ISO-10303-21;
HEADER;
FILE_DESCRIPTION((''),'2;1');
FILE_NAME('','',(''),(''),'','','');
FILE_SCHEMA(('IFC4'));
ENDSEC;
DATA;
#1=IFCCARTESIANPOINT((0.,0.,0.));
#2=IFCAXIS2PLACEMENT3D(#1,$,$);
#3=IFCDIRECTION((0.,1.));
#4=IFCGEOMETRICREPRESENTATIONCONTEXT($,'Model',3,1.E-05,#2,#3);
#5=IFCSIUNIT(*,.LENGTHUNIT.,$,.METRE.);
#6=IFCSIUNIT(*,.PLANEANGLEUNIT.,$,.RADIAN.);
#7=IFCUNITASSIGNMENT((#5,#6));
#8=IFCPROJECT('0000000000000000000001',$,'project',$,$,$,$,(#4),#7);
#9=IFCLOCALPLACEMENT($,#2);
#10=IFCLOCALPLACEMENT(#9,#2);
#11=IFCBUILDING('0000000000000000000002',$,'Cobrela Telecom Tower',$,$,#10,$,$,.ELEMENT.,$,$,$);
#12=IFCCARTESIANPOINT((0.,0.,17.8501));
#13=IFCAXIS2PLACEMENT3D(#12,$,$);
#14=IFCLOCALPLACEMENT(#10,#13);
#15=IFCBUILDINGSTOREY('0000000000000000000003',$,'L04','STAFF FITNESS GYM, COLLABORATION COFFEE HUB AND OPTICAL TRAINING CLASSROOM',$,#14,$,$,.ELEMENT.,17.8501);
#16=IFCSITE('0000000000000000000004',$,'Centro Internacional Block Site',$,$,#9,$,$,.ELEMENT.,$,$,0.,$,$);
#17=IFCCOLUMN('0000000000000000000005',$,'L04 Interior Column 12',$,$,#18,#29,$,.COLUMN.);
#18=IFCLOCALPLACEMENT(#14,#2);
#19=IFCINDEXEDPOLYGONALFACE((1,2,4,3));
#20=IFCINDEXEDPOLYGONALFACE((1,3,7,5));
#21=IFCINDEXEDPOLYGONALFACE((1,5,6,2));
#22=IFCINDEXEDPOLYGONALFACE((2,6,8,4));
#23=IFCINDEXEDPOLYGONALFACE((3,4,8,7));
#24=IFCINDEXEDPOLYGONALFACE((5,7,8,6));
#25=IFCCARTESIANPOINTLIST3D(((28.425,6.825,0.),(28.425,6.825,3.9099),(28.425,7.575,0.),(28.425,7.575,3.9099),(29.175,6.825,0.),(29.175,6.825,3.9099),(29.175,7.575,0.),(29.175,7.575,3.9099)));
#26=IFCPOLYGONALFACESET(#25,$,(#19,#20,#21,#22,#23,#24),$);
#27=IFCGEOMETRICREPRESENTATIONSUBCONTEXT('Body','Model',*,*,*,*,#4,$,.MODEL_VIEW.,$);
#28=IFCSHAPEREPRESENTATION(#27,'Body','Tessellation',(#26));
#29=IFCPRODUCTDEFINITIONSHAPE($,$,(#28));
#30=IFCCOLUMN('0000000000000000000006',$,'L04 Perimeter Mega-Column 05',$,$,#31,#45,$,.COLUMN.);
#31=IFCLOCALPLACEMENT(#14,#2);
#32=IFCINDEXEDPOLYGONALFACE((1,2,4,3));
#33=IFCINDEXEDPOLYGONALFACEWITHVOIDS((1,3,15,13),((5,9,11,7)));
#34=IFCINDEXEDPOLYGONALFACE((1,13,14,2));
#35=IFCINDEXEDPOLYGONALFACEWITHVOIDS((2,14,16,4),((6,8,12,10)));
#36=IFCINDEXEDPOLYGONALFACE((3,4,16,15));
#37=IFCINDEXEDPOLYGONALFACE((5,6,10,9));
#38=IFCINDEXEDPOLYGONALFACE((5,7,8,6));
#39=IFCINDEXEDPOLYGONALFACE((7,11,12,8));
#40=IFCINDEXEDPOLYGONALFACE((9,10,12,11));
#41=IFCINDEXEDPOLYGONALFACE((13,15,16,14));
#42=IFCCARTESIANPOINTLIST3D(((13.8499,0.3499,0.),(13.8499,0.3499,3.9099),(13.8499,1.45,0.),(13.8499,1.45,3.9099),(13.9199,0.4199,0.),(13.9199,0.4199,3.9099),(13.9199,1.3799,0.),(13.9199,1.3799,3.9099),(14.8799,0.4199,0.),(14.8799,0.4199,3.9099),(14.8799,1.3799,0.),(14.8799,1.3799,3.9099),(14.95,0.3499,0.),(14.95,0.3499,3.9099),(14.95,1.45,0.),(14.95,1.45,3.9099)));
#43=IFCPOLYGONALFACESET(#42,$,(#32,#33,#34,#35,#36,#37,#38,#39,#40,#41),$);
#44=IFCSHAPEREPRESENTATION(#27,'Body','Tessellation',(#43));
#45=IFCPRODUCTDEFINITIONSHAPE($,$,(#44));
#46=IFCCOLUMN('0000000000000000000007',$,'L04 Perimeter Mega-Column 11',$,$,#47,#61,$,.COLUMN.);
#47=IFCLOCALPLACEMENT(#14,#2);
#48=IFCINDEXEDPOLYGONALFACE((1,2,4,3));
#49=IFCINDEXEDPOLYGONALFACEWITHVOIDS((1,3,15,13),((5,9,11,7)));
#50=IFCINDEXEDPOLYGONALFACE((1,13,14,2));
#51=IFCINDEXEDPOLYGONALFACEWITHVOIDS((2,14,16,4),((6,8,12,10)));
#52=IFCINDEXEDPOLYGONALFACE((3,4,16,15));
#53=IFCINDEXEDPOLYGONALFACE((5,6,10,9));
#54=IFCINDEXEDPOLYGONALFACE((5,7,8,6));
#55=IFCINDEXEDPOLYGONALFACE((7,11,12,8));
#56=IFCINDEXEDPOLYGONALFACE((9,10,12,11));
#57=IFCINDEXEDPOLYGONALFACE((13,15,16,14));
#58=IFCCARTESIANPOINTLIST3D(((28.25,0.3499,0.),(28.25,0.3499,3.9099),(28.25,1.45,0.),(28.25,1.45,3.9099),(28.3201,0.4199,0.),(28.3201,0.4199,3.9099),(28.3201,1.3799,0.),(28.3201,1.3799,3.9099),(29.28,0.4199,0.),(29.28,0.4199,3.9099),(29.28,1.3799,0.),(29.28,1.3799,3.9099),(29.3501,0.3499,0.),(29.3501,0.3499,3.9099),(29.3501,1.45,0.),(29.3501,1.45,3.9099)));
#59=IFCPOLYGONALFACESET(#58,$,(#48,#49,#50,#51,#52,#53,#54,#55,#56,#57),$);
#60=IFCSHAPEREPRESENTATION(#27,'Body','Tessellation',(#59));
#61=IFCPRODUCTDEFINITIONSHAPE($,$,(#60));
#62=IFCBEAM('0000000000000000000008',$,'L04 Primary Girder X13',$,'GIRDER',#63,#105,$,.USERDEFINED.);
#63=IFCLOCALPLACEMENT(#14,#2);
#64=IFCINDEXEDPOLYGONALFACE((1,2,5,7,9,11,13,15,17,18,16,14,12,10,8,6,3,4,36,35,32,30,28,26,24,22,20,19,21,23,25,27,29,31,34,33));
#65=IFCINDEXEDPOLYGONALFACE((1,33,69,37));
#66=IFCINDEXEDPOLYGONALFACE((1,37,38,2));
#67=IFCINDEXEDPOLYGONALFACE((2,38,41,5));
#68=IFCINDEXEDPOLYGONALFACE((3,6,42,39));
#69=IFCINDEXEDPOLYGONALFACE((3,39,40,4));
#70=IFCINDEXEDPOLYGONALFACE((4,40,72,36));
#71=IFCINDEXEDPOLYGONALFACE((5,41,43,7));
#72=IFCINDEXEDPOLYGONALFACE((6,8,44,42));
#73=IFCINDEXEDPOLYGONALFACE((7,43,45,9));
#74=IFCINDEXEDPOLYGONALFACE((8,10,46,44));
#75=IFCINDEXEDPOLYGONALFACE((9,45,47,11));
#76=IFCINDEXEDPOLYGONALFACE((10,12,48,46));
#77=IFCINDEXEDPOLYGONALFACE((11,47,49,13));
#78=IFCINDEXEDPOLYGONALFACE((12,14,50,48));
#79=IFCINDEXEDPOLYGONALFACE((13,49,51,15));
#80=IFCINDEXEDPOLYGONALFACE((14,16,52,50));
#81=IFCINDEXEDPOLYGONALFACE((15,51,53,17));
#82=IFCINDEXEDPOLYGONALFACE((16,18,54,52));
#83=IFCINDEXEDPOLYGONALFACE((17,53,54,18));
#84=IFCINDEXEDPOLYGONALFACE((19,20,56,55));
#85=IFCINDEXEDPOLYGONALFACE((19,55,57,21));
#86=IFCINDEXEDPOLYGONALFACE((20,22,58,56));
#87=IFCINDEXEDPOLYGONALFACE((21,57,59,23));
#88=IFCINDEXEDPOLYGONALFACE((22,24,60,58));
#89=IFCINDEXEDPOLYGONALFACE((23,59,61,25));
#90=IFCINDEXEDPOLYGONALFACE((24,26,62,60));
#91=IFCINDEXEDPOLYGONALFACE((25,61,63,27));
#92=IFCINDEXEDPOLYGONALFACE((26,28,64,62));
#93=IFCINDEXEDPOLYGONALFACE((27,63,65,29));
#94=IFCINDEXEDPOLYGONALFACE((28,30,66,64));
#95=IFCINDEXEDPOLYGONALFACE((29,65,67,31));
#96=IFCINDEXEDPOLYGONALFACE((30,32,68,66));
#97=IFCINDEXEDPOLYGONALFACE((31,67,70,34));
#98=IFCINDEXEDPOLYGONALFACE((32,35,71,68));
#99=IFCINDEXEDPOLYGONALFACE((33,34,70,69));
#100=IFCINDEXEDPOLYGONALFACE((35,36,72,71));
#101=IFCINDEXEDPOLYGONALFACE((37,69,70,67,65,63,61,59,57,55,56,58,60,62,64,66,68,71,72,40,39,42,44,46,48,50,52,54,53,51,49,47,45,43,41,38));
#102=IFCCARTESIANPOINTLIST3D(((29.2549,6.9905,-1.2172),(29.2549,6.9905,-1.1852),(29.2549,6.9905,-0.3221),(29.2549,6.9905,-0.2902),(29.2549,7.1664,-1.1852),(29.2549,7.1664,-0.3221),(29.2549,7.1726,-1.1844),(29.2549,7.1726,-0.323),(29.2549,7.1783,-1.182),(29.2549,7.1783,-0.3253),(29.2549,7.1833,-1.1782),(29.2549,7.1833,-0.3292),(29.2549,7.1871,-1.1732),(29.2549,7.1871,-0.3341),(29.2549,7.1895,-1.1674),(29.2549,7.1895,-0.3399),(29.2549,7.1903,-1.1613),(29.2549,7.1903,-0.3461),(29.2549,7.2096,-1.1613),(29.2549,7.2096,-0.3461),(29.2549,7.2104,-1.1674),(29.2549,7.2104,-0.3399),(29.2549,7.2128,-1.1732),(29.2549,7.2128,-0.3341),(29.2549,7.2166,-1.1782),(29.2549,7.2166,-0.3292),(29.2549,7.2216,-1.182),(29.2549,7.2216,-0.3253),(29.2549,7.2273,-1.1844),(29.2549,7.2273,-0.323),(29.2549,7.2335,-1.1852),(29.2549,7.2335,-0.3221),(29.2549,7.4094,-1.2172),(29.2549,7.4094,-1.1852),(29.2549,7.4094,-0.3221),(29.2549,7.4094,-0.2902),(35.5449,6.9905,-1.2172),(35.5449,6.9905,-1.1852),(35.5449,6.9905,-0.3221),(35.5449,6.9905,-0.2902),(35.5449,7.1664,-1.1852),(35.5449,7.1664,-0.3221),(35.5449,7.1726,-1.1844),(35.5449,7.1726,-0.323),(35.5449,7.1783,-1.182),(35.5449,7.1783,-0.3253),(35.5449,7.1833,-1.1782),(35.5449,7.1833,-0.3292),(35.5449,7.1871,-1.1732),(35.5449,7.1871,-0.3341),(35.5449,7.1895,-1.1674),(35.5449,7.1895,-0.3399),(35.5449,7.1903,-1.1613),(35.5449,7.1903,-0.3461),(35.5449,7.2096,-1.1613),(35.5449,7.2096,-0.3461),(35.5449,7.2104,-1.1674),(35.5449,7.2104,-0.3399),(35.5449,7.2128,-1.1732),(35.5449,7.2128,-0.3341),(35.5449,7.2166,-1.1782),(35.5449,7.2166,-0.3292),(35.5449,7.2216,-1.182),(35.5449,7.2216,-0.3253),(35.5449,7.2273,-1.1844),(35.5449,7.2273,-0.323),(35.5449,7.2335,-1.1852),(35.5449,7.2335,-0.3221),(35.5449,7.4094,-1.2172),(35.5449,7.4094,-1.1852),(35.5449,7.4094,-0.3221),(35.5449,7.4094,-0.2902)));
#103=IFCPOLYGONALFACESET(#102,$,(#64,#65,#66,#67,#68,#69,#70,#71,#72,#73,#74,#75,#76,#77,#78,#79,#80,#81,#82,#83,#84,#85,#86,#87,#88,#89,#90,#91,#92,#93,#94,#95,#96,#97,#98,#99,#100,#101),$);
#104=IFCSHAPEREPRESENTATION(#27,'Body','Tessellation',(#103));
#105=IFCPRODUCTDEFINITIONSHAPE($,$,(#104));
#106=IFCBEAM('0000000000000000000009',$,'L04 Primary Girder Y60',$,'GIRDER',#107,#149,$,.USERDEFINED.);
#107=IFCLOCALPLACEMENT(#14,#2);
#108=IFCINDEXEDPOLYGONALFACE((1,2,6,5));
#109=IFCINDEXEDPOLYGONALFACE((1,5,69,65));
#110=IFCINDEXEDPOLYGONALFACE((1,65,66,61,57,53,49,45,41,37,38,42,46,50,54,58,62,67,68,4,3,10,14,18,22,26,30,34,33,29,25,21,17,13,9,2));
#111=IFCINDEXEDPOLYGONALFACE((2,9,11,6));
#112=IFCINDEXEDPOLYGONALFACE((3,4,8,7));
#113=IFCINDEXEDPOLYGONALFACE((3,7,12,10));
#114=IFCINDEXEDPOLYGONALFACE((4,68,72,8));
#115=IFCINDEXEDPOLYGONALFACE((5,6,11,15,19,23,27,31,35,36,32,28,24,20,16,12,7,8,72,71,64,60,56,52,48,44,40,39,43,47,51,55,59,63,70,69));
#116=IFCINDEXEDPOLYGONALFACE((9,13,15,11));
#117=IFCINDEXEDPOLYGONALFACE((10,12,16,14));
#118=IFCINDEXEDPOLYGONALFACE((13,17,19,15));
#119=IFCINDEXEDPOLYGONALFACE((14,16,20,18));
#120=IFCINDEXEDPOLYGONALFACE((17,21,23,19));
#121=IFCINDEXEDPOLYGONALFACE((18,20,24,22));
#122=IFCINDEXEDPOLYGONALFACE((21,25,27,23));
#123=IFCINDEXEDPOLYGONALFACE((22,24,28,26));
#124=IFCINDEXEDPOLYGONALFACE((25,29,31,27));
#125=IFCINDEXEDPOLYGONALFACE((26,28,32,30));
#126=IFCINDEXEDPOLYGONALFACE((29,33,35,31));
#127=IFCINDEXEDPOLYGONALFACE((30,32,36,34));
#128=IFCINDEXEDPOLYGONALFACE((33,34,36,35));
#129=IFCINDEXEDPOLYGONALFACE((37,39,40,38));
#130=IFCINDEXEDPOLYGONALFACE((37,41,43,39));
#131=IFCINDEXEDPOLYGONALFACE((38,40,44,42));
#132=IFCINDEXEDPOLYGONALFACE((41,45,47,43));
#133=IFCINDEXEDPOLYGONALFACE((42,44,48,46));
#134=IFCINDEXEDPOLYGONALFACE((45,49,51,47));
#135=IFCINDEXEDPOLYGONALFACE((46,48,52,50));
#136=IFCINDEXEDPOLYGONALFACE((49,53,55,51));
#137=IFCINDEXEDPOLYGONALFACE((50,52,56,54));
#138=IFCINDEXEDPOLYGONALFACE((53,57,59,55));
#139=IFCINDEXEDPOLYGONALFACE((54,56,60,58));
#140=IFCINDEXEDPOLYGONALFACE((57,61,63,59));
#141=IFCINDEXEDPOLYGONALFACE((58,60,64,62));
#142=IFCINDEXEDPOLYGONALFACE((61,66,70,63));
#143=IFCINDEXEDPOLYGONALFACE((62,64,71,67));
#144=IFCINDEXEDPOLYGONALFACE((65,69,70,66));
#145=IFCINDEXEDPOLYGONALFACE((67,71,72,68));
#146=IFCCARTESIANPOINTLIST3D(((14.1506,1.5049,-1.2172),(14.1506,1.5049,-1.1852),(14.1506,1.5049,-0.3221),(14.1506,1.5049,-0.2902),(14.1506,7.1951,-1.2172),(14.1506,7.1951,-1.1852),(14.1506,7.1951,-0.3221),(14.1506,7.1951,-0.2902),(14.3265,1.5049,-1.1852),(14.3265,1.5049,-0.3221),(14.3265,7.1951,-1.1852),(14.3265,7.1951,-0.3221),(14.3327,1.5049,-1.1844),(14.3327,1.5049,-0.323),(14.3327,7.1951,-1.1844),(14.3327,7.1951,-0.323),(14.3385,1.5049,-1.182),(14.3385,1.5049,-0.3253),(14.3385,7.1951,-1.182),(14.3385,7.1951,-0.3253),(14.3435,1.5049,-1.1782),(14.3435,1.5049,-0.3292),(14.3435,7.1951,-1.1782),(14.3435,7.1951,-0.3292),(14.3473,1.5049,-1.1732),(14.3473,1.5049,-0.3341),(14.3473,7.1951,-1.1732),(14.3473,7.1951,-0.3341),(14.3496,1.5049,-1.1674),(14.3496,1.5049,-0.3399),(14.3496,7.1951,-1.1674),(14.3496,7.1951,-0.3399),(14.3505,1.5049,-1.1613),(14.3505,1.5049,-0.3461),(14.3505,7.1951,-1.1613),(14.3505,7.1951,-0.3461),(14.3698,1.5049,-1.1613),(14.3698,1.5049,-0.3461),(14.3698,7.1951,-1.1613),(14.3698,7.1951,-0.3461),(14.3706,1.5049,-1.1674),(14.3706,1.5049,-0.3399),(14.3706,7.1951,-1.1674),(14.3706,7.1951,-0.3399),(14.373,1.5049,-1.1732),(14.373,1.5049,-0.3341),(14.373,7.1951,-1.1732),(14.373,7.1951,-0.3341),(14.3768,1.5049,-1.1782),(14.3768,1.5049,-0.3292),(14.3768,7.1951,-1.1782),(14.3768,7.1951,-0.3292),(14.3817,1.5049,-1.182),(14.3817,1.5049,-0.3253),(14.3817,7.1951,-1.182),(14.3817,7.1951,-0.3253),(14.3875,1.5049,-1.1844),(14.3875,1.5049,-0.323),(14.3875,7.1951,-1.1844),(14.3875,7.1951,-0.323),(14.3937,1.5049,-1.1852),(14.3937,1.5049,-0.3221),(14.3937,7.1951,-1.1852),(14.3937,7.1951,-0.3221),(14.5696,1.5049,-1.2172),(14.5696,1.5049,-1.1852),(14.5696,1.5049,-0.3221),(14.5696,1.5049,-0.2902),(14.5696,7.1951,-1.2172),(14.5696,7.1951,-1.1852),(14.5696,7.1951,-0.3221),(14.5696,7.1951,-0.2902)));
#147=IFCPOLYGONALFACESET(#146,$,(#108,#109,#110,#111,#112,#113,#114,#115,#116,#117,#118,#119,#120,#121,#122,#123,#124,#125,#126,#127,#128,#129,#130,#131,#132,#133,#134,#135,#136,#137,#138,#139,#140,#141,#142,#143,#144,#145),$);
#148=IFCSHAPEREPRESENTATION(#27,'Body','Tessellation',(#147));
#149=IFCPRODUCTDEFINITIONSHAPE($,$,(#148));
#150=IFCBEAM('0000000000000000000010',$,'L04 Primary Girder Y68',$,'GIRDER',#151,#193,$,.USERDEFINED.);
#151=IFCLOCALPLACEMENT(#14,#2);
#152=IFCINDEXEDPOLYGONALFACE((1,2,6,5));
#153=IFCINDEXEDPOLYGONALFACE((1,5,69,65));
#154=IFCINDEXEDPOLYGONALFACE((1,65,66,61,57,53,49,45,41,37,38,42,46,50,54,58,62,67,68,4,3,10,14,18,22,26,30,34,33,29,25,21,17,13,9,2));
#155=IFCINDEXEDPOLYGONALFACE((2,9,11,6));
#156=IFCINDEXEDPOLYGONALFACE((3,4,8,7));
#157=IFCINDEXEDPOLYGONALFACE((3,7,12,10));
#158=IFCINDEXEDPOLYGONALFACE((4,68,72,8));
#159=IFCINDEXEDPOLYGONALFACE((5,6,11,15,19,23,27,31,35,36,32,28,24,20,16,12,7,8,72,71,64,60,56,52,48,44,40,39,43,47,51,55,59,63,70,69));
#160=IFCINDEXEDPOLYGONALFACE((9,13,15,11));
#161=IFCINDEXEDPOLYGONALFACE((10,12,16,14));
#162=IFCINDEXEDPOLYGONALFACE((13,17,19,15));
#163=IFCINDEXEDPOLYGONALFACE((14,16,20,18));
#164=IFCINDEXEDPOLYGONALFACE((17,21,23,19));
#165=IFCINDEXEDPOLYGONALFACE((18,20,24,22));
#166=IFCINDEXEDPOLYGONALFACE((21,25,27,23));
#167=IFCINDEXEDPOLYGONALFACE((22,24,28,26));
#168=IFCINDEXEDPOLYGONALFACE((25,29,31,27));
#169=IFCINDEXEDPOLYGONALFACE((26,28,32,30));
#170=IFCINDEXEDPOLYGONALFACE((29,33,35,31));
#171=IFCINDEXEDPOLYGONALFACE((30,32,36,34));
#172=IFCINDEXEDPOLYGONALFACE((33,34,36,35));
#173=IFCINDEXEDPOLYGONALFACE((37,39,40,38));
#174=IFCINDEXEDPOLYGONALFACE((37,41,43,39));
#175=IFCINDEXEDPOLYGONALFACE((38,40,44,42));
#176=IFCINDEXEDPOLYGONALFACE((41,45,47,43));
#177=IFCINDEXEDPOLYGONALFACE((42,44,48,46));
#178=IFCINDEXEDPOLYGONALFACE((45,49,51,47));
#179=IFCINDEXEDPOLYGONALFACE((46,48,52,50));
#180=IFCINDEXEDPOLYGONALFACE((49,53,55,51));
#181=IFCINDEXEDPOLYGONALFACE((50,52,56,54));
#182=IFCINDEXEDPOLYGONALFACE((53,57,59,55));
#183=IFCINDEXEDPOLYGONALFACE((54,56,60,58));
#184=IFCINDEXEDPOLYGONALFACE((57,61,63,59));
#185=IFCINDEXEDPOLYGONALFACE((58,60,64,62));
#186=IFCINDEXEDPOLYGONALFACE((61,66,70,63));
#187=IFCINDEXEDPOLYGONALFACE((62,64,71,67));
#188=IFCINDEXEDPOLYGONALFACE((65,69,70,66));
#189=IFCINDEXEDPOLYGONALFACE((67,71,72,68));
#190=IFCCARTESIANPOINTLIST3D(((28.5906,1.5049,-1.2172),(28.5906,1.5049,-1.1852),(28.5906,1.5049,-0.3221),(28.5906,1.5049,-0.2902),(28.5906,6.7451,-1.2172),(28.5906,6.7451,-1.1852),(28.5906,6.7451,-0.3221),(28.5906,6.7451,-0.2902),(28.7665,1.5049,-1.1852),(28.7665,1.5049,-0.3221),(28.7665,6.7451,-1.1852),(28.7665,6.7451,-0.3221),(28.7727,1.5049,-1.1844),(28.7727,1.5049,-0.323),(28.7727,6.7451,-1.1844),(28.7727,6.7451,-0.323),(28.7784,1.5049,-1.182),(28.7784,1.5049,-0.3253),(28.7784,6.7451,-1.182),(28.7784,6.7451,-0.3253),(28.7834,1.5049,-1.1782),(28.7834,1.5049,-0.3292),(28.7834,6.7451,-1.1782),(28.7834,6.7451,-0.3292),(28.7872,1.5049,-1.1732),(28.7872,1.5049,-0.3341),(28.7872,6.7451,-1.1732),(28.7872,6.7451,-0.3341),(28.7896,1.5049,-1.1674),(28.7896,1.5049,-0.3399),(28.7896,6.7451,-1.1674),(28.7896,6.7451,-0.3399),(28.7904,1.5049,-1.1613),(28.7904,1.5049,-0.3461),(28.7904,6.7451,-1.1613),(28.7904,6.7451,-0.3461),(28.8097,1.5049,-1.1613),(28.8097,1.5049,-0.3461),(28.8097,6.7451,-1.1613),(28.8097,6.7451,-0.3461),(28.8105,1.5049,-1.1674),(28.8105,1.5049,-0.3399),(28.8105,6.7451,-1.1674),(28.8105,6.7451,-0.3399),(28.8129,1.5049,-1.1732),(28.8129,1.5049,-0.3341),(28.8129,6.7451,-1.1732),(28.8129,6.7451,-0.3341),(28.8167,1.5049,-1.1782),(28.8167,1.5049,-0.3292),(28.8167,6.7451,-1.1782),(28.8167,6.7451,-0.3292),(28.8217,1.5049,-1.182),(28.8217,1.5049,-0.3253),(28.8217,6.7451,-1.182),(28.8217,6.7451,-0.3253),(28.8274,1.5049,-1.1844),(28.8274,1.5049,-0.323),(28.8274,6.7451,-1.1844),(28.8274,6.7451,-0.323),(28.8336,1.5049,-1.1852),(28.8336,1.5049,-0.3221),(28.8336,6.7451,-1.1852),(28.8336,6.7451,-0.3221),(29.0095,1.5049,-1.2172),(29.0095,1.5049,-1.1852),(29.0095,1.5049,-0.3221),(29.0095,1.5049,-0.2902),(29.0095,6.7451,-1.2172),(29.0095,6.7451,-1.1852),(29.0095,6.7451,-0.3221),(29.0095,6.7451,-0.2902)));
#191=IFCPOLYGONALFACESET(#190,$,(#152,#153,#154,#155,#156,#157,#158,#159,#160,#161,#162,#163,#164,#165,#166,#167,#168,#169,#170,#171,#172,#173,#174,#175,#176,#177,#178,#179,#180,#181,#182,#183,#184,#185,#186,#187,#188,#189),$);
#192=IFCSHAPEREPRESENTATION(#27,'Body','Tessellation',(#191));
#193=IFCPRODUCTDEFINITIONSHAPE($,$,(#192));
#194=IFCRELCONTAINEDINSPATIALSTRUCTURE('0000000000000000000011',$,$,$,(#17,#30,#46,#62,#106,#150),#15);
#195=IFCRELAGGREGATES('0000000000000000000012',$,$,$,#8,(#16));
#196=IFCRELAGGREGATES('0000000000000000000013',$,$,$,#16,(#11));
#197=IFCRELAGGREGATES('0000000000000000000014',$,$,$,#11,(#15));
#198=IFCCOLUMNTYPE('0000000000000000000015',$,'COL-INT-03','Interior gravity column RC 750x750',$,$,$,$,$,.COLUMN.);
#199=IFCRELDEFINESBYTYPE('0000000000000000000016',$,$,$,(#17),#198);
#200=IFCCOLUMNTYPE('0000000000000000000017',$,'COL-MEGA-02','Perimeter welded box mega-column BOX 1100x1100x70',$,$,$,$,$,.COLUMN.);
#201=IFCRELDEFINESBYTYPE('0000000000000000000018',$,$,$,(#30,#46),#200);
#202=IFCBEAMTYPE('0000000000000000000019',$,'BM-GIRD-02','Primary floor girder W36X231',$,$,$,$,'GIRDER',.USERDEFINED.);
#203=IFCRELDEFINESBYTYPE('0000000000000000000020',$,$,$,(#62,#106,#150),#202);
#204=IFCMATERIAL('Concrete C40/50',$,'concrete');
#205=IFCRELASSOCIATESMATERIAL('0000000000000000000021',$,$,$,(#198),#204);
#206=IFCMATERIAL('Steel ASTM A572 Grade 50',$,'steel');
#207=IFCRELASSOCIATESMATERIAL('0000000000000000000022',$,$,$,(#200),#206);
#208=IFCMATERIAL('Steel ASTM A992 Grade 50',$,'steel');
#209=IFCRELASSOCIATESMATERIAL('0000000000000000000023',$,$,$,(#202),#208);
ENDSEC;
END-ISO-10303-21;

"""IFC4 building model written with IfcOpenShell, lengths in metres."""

from ifc_helpers import new_model, si_unit, direction, frame, origin, origin_2d, place, context, subcontext, project, spatial, rectangle, hollow_rectangle, i_section, extrude, material, material_profile, profile_set, type_object, element, save


model = new_model("IFC4")

# Units and contexts
model_context = context("Model", 3, precision=1e-05, world=origin(), true_north=direction((0.0, 1.0)))
body_context = subcontext(model_context, "Body", "Model", "MODEL_VIEW")
ifc_project = project(units=[si_unit("LENGTHUNIT", "METRE"), si_unit("PLANEANGLEUNIT", "RADIAN")], contexts=[model_context])

# Site, building, storey
site_placement = place(None, origin())
site = spatial("IfcSite", under=ifc_project, at=site_placement, Name="Centro Internacional Block Site", CompositionType="ELEMENT", RefElevation=0.0)
building_placement = place(site_placement, origin())
building = spatial("IfcBuilding", under=site, at=building_placement, Name="Cobrela Telecom Tower", CompositionType="ELEMENT")
storey_placement = place(building_placement, frame((0.0, 0.0, 17.8501)))
storey = spatial("IfcBuildingStorey", under=building, at=storey_placement, Name="L04", Description="STAFF FITNESS GYM, COLLABORATION COFFEE HUB AND OPTICAL TRAINING CLASSROOM", CompositionType="ELEMENT", Elevation=17.8501)

# Columns
ifc_material_1 = material(Name="Concrete C40/50", Category="concrete")
ifc_material_profile_1 = material_profile(ifc_material_1, rectangle(XDim=0.75, YDim=0.75, at=origin_2d()), Name="RC 750x750")
ifc_profile_set_1 = profile_set([ifc_material_profile_1], Name="Concrete C40/50")
column_type_1 = type_object("IfcColumnType", Name="COL-INT-03", Description="Interior gravity column RC 750x750", PredefinedType="COLUMN", material=ifc_profile_set_1)
column_placement = place(storey_placement, frame((28.8, 7.2, 0.0), z_axis=(0.0, 0.0, 1.0), x_axis=(1.0, 0.0, 0.0)))
element("IfcColumn", 1, at=column_placement, inside=storey, type_object=column_type_1, Name="L04 Interior Column 12", PredefinedType="COLUMN", context=body_context, shape_type="SweptSolid", body=[
    extrude(rectangle(XDim=0.75, YDim=0.75, at=origin_2d()), origin(), (0.0, 0.0, 1.0), 3.9099),
])
ifc_material_2 = material(Name="Steel ASTM A572 Grade 50", Category="steel")
ifc_material_profile_2 = material_profile(ifc_material_2, hollow_rectangle(XDim=1.1001, YDim=1.1001, WallThickness=0.0701, at=origin_2d()), Name="BOX 1100x1100x70")
ifc_profile_set_2 = profile_set([ifc_material_profile_2], Name="Steel ASTM A572 Grade 50")
column_type_2 = type_object("IfcColumnType", Name="COL-MEGA-02", Description="Perimeter welded box mega-column BOX 1100x1100x70", PredefinedType="COLUMN", material=ifc_profile_set_2)
for number, where, z_axis, x_axis, name in (
    (2, (14.3999, 0.8999, 0.0), (0.0, 0.0, 1.0), (1.0, 0.0, 0.0), "L04 Perimeter Mega-Column 05"),
    (3, (28.8, 0.8999, 0.0), (0.0, 0.0, 1.0), (1.0, 0.0, 0.0), "L04 Perimeter Mega-Column 11"),
):
    element("IfcColumn", number, at=place(storey_placement, frame(where, z_axis=z_axis, x_axis=x_axis)), inside=storey, type_object=column_type_2, Name=name, PredefinedType="COLUMN", context=body_context, shape_type="SweptSolid", body=[
        extrude(hollow_rectangle(XDim=1.1001, YDim=1.1001, WallThickness=0.0701, at=origin_2d()), origin(), (0.0, 0.0, 1.0), 3.9099),
    ])

# Beams
ifc_material_3 = material(Name="Steel ASTM A992 Grade 50", Category="steel")
ifc_material_profile_3 = material_profile(ifc_material_3, i_section(OverallWidth=0.4189, OverallDepth=0.927, WebThickness=0.0193, FlangeThickness=0.032, FilletRadius=0.0239, at=origin_2d()), Name="W36X231")
ifc_profile_set_3 = profile_set([ifc_material_profile_3], Name="Steel ASTM A992 Grade 50")
beam_type_1 = type_object("IfcBeamType", Name="BM-GIRD-02", Description="Primary floor girder W36X231", ElementType="GIRDER", PredefinedType="USERDEFINED", material=ifc_profile_set_3)
beam_1_placement = place(storey_placement, frame((29.2549, 7.2, -0.7537), z_axis=(1.0, 0.0, 0.0), x_axis=(0.0, 1.0, 0.0)))
element("IfcBeam", 4, at=beam_1_placement, inside=storey, type_object=beam_type_1, Name="L04 Primary Girder X13", ObjectType="GIRDER", PredefinedType="USERDEFINED", context=body_context, shape_type="SweptSolid", body=[
    extrude(i_section(OverallWidth=0.4189, OverallDepth=0.927, WebThickness=0.0193, FlangeThickness=0.032, FilletRadius=0.0239, at=origin_2d()), origin(), (0.0, 0.0, 1.0), 6.29),
])
beam_2_placement = place(storey_placement, frame((14.3601, 1.5049, -0.7537), z_axis=(0.0, 1.0, 0.0), x_axis=(-1.0, 0.0, 0.0)))
element("IfcBeam", 5, at=beam_2_placement, inside=storey, type_object=beam_type_1, Name="L04 Primary Girder Y60", ObjectType="GIRDER", PredefinedType="USERDEFINED", context=body_context, shape_type="SweptSolid", body=[
    extrude(i_section(OverallWidth=0.4189, OverallDepth=0.927, WebThickness=0.0193, FlangeThickness=0.032, FilletRadius=0.0239, at=origin_2d()), origin(), (0.0, 0.0, 1.0), 5.6902),
])
beam_3_placement = place(storey_placement, frame((28.8, 1.5049, -0.7537), z_axis=(0.0, 1.0, 0.0), x_axis=(-1.0, 0.0, 0.0)))
element("IfcBeam", 6, at=beam_3_placement, inside=storey, type_object=beam_type_1, Name="L04 Primary Girder Y68", ObjectType="GIRDER", PredefinedType="USERDEFINED", context=body_context, shape_type="SweptSolid", body=[
    extrude(i_section(OverallWidth=0.4189, OverallDepth=0.927, WebThickness=0.0193, FlangeThickness=0.032, FilletRadius=0.0239, at=origin_2d()), origin(), (0.0, 0.0, 1.0), 5.2402),
])

save(model, "model.ifc")
